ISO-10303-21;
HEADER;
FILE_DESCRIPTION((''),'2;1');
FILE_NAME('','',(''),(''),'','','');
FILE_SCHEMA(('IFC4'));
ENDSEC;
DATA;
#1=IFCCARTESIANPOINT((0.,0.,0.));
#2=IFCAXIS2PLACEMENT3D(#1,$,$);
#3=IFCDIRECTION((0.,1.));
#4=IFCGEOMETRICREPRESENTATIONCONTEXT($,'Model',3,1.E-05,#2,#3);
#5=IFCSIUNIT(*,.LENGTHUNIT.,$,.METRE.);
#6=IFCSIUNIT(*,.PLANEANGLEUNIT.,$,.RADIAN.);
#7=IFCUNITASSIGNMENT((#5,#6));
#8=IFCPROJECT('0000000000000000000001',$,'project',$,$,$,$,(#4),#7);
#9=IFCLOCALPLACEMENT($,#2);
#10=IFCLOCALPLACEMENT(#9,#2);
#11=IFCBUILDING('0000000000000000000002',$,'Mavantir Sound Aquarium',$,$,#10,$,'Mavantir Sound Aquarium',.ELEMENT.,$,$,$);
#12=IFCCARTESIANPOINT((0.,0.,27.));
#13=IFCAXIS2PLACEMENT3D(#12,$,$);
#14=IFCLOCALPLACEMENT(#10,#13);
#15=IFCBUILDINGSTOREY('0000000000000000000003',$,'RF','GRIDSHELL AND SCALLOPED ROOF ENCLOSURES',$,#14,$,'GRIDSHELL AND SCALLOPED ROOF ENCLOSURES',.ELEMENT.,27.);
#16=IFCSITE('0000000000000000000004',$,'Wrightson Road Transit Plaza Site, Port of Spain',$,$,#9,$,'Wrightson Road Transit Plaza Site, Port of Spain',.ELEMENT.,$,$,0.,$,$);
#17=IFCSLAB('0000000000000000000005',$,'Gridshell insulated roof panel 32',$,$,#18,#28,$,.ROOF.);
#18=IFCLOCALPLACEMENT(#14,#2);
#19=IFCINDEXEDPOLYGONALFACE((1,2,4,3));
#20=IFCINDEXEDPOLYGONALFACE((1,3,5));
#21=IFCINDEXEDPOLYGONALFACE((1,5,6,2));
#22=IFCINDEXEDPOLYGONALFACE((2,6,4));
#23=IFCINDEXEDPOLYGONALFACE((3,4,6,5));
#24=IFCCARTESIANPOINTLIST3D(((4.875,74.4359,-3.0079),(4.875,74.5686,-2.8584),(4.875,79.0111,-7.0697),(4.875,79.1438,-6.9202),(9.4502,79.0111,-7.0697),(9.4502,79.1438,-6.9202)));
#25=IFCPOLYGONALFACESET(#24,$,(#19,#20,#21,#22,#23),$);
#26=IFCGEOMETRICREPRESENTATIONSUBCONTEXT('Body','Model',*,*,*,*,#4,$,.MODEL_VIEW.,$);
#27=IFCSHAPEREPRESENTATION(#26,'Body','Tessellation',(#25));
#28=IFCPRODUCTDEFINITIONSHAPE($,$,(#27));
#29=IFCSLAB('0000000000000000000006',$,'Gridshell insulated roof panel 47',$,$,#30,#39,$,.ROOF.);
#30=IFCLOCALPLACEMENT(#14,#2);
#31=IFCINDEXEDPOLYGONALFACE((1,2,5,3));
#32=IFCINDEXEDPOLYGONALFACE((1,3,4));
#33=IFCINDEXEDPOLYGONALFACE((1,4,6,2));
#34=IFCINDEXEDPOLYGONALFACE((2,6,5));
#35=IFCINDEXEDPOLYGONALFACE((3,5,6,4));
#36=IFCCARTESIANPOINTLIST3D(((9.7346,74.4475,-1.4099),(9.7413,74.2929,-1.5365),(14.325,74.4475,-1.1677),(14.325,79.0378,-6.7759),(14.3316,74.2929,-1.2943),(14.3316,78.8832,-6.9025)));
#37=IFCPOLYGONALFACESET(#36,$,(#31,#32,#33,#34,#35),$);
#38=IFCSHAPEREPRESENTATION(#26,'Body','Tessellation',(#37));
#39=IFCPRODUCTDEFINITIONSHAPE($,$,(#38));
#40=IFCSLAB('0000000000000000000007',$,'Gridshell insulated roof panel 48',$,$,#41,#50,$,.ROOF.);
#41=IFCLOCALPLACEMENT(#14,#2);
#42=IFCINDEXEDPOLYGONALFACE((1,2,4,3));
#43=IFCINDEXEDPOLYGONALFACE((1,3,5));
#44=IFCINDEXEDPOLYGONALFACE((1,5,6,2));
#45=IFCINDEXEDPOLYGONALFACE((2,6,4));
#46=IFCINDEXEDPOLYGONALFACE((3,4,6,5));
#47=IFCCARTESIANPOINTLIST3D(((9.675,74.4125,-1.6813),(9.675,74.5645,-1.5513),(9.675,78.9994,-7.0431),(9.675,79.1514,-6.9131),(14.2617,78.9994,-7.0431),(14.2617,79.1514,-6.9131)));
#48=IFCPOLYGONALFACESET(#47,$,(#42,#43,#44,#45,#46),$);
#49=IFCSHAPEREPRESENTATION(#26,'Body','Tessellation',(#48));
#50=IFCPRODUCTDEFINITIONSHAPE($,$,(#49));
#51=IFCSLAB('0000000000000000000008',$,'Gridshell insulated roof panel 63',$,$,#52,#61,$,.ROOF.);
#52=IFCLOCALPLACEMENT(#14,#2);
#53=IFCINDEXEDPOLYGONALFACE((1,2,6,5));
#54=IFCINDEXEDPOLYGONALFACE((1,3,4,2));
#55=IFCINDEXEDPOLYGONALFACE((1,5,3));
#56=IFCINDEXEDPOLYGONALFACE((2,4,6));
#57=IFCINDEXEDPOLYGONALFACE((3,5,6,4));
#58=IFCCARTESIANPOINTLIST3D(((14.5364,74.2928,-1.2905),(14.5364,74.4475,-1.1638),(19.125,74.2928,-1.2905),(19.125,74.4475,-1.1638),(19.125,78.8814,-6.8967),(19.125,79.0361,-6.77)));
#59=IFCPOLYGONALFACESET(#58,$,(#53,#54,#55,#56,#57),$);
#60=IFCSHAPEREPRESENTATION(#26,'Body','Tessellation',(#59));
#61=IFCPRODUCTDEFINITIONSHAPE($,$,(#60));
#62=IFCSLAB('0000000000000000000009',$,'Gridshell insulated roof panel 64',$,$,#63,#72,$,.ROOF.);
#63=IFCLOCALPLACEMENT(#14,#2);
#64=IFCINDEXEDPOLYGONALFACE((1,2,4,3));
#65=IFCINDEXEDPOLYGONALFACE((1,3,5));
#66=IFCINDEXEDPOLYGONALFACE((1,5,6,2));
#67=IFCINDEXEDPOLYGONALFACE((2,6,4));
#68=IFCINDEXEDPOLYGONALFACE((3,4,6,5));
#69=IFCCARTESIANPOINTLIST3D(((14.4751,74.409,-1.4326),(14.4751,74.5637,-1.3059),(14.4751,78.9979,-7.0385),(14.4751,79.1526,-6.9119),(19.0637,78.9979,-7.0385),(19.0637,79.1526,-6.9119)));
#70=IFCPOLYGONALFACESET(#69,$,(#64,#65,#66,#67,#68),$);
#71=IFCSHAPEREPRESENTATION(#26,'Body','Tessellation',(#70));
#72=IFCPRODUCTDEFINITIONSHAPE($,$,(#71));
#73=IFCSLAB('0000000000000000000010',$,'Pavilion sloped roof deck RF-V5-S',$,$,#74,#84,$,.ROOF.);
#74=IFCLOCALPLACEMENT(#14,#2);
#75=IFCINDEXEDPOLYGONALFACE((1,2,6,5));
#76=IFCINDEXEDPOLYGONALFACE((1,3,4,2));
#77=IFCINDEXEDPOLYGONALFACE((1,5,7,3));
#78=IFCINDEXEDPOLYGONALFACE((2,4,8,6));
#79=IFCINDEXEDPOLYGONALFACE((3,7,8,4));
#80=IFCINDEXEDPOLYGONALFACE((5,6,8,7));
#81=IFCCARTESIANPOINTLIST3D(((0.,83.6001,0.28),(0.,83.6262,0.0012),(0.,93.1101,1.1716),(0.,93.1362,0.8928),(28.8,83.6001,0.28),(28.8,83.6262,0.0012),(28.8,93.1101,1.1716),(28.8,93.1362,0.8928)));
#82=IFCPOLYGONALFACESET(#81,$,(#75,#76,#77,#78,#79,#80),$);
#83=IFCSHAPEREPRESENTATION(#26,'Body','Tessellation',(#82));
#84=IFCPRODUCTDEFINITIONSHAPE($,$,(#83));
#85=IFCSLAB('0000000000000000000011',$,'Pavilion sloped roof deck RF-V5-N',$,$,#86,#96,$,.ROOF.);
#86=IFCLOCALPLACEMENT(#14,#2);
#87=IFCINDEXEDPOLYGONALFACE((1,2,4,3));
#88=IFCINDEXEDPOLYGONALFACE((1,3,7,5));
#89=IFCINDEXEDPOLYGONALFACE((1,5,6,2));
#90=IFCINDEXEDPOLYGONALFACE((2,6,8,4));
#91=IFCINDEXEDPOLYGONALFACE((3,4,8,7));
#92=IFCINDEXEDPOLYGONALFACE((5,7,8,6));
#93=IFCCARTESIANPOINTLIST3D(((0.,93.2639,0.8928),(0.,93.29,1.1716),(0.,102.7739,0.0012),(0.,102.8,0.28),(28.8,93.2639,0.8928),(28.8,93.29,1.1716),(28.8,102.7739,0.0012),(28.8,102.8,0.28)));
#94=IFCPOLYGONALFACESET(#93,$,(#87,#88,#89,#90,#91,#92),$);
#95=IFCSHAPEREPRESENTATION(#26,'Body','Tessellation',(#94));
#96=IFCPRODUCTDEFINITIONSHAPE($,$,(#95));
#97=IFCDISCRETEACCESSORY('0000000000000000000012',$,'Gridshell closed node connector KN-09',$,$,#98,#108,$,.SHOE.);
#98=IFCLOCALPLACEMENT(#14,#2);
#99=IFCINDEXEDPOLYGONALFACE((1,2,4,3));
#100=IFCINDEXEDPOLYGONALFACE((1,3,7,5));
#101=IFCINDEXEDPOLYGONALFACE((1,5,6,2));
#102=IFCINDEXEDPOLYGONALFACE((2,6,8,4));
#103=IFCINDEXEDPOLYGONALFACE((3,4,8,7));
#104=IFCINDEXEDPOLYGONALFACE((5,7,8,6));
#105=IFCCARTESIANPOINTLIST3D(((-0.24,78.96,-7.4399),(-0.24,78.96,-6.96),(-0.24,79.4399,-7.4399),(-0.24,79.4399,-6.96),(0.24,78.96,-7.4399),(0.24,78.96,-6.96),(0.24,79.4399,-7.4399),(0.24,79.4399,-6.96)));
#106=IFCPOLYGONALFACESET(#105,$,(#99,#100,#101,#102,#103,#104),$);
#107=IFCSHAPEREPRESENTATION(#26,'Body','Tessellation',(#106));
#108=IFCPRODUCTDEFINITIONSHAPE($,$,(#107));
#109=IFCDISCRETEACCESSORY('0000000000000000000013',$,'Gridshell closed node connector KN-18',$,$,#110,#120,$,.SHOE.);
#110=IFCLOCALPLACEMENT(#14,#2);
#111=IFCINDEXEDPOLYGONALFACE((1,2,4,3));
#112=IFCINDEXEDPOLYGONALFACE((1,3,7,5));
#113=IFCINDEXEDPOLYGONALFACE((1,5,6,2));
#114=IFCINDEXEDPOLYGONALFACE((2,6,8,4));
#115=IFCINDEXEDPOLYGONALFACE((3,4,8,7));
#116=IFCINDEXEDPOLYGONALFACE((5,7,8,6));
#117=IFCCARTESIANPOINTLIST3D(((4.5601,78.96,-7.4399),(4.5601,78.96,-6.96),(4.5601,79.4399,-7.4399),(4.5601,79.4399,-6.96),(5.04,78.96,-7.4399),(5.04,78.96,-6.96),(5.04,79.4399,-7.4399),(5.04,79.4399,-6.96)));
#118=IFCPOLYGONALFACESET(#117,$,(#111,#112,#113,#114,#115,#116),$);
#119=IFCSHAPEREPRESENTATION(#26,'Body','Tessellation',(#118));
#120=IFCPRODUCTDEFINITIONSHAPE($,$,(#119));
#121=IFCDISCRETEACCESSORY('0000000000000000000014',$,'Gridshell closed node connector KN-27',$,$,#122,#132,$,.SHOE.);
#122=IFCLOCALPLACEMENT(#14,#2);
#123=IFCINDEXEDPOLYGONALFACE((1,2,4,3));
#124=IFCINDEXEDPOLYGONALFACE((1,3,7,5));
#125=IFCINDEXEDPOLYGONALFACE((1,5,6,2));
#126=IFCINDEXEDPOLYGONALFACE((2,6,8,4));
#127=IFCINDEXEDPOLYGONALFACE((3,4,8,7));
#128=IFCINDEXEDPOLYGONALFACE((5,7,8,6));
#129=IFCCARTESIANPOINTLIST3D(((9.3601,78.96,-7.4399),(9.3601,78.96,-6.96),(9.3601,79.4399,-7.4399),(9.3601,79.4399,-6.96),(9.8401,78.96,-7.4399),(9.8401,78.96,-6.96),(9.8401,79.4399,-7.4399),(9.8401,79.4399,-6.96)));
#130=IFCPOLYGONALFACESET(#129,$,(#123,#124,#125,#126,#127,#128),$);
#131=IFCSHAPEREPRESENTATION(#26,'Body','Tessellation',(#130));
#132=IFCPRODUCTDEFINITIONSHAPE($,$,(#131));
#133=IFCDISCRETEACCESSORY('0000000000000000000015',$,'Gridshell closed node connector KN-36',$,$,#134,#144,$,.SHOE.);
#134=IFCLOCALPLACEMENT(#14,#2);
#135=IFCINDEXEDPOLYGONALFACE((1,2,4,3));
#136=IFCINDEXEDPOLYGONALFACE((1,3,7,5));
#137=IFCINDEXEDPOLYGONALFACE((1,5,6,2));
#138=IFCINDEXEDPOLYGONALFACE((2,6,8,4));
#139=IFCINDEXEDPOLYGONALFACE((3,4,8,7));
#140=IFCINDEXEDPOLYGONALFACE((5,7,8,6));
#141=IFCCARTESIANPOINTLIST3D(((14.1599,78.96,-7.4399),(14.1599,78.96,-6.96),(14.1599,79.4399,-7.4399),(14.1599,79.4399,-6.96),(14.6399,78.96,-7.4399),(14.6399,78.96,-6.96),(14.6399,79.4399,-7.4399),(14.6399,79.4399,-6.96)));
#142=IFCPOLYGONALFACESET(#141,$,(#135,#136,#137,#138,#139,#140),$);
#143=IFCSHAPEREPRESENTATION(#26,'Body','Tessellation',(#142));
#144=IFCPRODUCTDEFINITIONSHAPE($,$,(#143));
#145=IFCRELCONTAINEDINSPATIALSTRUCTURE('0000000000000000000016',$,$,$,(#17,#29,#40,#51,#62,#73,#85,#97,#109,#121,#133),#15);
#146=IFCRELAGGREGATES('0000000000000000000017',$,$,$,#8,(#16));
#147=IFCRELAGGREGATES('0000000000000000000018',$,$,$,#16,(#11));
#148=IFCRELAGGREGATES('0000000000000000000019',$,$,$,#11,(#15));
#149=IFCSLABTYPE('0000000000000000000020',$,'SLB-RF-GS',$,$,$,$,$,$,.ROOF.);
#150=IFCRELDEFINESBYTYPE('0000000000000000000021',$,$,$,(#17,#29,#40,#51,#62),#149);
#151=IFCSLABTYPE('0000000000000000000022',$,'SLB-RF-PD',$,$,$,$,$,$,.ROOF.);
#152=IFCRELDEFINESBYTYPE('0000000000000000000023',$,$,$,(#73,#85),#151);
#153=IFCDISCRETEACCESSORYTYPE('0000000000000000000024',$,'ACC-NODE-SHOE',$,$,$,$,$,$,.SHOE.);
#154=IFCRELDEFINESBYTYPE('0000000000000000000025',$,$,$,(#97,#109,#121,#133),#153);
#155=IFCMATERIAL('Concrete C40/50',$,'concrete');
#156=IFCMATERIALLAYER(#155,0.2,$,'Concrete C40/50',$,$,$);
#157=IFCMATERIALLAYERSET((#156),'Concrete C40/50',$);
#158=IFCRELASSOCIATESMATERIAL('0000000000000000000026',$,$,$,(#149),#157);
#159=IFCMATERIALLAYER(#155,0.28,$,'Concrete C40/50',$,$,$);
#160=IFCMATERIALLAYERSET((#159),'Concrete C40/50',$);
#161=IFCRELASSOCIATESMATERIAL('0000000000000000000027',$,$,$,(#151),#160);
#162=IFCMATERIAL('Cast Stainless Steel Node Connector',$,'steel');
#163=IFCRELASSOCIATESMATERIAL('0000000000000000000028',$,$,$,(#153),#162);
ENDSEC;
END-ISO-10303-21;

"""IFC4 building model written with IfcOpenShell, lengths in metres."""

from ifc_helpers import new_model, si_unit, direction, frame, origin, origin_2d, place, context, subcontext, project, spatial, polyline, rectangle, outline, extrude, material, layer, layer_set, type_object, element, save


model = new_model("IFC4")

# Units and contexts
model_context = context("Model", 3, precision=1e-05, world=origin(), true_north=direction((0.0, 1.0)))
body_context = subcontext(model_context, "Body", "Model", "MODEL_VIEW")
ifc_project = project(units=[si_unit("LENGTHUNIT", "METRE"), si_unit("PLANEANGLEUNIT", "RADIAN")], contexts=[model_context])

# Site, building, storey
site_placement = place(None, origin())
site = spatial("IfcSite", under=ifc_project, at=site_placement, Name="Wrightson Road Transit Plaza Site, Port of Spain", LongName="Wrightson Road Transit Plaza Site, Port of Spain", CompositionType="ELEMENT", RefElevation=0.0)
building_placement = place(site_placement, origin())
building = spatial("IfcBuilding", under=site, at=building_placement, Name="Mavantir Sound Aquarium", LongName="Mavantir Sound Aquarium", CompositionType="ELEMENT")
storey_placement = place(building_placement, frame((0.0, 0.0, 27.0)))
storey = spatial("IfcBuildingStorey", under=building, at=storey_placement, Name="RF", Description="GRIDSHELL AND SCALLOPED ROOF ENCLOSURES", LongName="GRIDSHELL AND SCALLOPED ROOF ENCLOSURES", CompositionType="ELEMENT", Elevation=27.0)

# Shared definitions
ifc_material_1 = material(Name="Concrete C40/50", Category="concrete")

# Slabs
ifc_layer_1 = layer(ifc_material_1, 0.2, Name="Concrete C40/50")
ifc_layer_set_1 = layer_set([ifc_layer_1], Name="Concrete C40/50")
slab_type_1 = type_object("IfcSlabType", Name="SLB-RF-GS", PredefinedType="ROOF", material=ifc_layer_set_1)
slab_1_placement = place(storey_placement, frame((4.875, 74.5686, -2.8584), z_axis=(0.0, 0.663901, 0.747821), x_axis=(0.598883, 0.598883, -0.531676)))
element("IfcSlab", 1, at=slab_1_placement, inside=storey, type_object=slab_type_1, Name="Gridshell insulated roof panel 32", PredefinedType="ROOF", context=body_context, shape_type="SweptSolid", body=[
    extrude(outline(polyline([(0.0, 0.0), (7.6396, 0.0), (4.8995, 3.664), (0.0, 0.0)])), origin(), (0.0, 0.0, -1.0), 0.2),
])
slab_2_placement = place(storey_placement, frame((9.7346, 74.4475, -1.4099), z_axis=(-0.033399, 0.773401, 0.633037), x_axis=(0.998611, 0.0, 0.052687)))
element("IfcSlab", 2, at=slab_2_placement, inside=storey, type_object=slab_type_1, Name="Gridshell insulated roof panel 47", PredefinedType="ROOF", context=body_context, shape_type="SweptSolid", body=[
    extrude(outline(polyline([(0.0, 0.0), (4.5967, 0.0), (4.3012, 7.2412), (0.0, 0.0)])), origin(), (0.0, 0.0, -1.0), 0.2),
])
slab_3_placement = place(storey_placement, frame((9.675, 74.5645, -1.5513), z_axis=(0.0, 0.759881, 0.650062), x_axis=(0.545004, 0.545033, -0.63711)))
element("IfcSlab", 3, at=slab_3_placement, inside=storey, type_object=slab_type_1, Name="Gridshell insulated roof panel 48", PredefinedType="ROOF", context=body_context, shape_type="SweptSolid", body=[
    extrude(outline(polyline([(0.0, 0.0), (8.4158, 0.0), (5.9161, 3.8456), (0.0, 0.0)])), origin(), (0.0, 0.0, -1.0), 0.2),
])
slab_4_placement = place(storey_placement, frame((14.5364, 74.4475, -1.1638), z_axis=(0.0, 0.77384, 0.633381), x_axis=(1.0, 0.0, 0.0)))
element("IfcSlab", 4, at=slab_4_placement, inside=storey, type_object=slab_type_1, Name="Gridshell insulated roof panel 63", PredefinedType="ROOF", context=body_context, shape_type="SweptSolid", body=[
    extrude(outline(polyline([(0.0, 0.0), (4.5886, 0.0), (4.5886, 7.2446), (0.0, 0.0)])), origin(), (0.0, 0.0, -1.0), 0.2),
])
slab_5_placement = place(storey_placement, frame((14.4751, 74.5637, -1.3059), z_axis=(0.0, 0.77381, 0.633418), x_axis=(0.535083, 0.535111, -0.653715)))
element("IfcSlab", 5, at=slab_5_placement, inside=storey, type_object=slab_type_1, Name="Gridshell insulated roof panel 64", PredefinedType="ROOF", context=body_context, shape_type="SweptSolid", body=[
    extrude(outline(polyline([(0.0, 0.0), (8.5755, 0.0), (6.1202, 3.8765), (0.0, 0.0)])), origin(), (0.0, 0.0, -1.0), 0.2),
])
ifc_layer_2 = layer(ifc_material_1, 0.28, Name="Concrete C40/50")
ifc_layer_set_2 = layer_set([ifc_layer_2], Name="Concrete C40/50")
slab_type_2 = type_object("IfcSlabType", Name="SLB-RF-PD", PredefinedType="ROOF", material=ifc_layer_set_2)
for number, where, z_axis, x_axis, name in (
    (6, (0.0, 83.6001, 0.28), (0.0, -0.093345, 0.995634), (1.0, 0.0, 0.0), "Pavilion sloped roof deck RF-V5-S"),
    (7, (0.0, 93.29, 1.1716), (0.0, 0.093345, 0.995634), (1.0, 0.0, 0.0), "Pavilion sloped roof deck RF-V5-N"),
):
    element("IfcSlab", number, at=place(storey_placement, frame(where, z_axis=z_axis, x_axis=x_axis)), inside=storey, type_object=slab_type_2, Name=name, PredefinedType="ROOF", context=body_context, shape_type="SweptSolid", body=[
        extrude(outline(polyline([(0.0, 0.0), (28.8, 0.0), (28.8, 9.5517), (0.0, 9.5517), (0.0, 0.0)])), origin(), (0.0, 0.0, -1.0), 0.28),
    ])

# Discrete accessories
ifc_material_2 = material(Name="Cast Stainless Steel Node Connector", Category="steel")
discrete_accessory_type = type_object("IfcDiscreteAccessoryType", Name="ACC-NODE-SHOE", PredefinedType="SHOE", material=ifc_material_2)
for number, where, z_axis, x_axis, name in (
    (8, (0.0, 79.2, -7.4399), (0.0, 0.0, 1.0), (1.0, 0.0, 0.0), "Gridshell closed node connector KN-09"),
    (9, (4.8, 79.2, -7.4399), (0.0, 0.0, 1.0), (1.0, 0.0, 0.0), "Gridshell closed node connector KN-18"),
    (10, (9.6001, 79.2, -7.4399), (0.0, 0.0, 1.0), (1.0, 0.0, 0.0), "Gridshell closed node connector KN-27"),
    (11, (14.3999, 79.2, -7.4399), (0.0, 0.0, 1.0), (1.0, 0.0, 0.0), "Gridshell closed node connector KN-36"),
):
    element("IfcDiscreteAccessory", number, at=place(storey_placement, frame(where, z_axis=z_axis, x_axis=x_axis)), inside=storey, type_object=discrete_accessory_type, Name=name, PredefinedType="SHOE", context=body_context, shape_type="SweptSolid", body=[
        extrude(rectangle(XDim=0.48, YDim=0.48, at=origin_2d()), origin(), (0.0, 0.0, 1.0), 0.48),
    ])

save(model, "model.ifc")
